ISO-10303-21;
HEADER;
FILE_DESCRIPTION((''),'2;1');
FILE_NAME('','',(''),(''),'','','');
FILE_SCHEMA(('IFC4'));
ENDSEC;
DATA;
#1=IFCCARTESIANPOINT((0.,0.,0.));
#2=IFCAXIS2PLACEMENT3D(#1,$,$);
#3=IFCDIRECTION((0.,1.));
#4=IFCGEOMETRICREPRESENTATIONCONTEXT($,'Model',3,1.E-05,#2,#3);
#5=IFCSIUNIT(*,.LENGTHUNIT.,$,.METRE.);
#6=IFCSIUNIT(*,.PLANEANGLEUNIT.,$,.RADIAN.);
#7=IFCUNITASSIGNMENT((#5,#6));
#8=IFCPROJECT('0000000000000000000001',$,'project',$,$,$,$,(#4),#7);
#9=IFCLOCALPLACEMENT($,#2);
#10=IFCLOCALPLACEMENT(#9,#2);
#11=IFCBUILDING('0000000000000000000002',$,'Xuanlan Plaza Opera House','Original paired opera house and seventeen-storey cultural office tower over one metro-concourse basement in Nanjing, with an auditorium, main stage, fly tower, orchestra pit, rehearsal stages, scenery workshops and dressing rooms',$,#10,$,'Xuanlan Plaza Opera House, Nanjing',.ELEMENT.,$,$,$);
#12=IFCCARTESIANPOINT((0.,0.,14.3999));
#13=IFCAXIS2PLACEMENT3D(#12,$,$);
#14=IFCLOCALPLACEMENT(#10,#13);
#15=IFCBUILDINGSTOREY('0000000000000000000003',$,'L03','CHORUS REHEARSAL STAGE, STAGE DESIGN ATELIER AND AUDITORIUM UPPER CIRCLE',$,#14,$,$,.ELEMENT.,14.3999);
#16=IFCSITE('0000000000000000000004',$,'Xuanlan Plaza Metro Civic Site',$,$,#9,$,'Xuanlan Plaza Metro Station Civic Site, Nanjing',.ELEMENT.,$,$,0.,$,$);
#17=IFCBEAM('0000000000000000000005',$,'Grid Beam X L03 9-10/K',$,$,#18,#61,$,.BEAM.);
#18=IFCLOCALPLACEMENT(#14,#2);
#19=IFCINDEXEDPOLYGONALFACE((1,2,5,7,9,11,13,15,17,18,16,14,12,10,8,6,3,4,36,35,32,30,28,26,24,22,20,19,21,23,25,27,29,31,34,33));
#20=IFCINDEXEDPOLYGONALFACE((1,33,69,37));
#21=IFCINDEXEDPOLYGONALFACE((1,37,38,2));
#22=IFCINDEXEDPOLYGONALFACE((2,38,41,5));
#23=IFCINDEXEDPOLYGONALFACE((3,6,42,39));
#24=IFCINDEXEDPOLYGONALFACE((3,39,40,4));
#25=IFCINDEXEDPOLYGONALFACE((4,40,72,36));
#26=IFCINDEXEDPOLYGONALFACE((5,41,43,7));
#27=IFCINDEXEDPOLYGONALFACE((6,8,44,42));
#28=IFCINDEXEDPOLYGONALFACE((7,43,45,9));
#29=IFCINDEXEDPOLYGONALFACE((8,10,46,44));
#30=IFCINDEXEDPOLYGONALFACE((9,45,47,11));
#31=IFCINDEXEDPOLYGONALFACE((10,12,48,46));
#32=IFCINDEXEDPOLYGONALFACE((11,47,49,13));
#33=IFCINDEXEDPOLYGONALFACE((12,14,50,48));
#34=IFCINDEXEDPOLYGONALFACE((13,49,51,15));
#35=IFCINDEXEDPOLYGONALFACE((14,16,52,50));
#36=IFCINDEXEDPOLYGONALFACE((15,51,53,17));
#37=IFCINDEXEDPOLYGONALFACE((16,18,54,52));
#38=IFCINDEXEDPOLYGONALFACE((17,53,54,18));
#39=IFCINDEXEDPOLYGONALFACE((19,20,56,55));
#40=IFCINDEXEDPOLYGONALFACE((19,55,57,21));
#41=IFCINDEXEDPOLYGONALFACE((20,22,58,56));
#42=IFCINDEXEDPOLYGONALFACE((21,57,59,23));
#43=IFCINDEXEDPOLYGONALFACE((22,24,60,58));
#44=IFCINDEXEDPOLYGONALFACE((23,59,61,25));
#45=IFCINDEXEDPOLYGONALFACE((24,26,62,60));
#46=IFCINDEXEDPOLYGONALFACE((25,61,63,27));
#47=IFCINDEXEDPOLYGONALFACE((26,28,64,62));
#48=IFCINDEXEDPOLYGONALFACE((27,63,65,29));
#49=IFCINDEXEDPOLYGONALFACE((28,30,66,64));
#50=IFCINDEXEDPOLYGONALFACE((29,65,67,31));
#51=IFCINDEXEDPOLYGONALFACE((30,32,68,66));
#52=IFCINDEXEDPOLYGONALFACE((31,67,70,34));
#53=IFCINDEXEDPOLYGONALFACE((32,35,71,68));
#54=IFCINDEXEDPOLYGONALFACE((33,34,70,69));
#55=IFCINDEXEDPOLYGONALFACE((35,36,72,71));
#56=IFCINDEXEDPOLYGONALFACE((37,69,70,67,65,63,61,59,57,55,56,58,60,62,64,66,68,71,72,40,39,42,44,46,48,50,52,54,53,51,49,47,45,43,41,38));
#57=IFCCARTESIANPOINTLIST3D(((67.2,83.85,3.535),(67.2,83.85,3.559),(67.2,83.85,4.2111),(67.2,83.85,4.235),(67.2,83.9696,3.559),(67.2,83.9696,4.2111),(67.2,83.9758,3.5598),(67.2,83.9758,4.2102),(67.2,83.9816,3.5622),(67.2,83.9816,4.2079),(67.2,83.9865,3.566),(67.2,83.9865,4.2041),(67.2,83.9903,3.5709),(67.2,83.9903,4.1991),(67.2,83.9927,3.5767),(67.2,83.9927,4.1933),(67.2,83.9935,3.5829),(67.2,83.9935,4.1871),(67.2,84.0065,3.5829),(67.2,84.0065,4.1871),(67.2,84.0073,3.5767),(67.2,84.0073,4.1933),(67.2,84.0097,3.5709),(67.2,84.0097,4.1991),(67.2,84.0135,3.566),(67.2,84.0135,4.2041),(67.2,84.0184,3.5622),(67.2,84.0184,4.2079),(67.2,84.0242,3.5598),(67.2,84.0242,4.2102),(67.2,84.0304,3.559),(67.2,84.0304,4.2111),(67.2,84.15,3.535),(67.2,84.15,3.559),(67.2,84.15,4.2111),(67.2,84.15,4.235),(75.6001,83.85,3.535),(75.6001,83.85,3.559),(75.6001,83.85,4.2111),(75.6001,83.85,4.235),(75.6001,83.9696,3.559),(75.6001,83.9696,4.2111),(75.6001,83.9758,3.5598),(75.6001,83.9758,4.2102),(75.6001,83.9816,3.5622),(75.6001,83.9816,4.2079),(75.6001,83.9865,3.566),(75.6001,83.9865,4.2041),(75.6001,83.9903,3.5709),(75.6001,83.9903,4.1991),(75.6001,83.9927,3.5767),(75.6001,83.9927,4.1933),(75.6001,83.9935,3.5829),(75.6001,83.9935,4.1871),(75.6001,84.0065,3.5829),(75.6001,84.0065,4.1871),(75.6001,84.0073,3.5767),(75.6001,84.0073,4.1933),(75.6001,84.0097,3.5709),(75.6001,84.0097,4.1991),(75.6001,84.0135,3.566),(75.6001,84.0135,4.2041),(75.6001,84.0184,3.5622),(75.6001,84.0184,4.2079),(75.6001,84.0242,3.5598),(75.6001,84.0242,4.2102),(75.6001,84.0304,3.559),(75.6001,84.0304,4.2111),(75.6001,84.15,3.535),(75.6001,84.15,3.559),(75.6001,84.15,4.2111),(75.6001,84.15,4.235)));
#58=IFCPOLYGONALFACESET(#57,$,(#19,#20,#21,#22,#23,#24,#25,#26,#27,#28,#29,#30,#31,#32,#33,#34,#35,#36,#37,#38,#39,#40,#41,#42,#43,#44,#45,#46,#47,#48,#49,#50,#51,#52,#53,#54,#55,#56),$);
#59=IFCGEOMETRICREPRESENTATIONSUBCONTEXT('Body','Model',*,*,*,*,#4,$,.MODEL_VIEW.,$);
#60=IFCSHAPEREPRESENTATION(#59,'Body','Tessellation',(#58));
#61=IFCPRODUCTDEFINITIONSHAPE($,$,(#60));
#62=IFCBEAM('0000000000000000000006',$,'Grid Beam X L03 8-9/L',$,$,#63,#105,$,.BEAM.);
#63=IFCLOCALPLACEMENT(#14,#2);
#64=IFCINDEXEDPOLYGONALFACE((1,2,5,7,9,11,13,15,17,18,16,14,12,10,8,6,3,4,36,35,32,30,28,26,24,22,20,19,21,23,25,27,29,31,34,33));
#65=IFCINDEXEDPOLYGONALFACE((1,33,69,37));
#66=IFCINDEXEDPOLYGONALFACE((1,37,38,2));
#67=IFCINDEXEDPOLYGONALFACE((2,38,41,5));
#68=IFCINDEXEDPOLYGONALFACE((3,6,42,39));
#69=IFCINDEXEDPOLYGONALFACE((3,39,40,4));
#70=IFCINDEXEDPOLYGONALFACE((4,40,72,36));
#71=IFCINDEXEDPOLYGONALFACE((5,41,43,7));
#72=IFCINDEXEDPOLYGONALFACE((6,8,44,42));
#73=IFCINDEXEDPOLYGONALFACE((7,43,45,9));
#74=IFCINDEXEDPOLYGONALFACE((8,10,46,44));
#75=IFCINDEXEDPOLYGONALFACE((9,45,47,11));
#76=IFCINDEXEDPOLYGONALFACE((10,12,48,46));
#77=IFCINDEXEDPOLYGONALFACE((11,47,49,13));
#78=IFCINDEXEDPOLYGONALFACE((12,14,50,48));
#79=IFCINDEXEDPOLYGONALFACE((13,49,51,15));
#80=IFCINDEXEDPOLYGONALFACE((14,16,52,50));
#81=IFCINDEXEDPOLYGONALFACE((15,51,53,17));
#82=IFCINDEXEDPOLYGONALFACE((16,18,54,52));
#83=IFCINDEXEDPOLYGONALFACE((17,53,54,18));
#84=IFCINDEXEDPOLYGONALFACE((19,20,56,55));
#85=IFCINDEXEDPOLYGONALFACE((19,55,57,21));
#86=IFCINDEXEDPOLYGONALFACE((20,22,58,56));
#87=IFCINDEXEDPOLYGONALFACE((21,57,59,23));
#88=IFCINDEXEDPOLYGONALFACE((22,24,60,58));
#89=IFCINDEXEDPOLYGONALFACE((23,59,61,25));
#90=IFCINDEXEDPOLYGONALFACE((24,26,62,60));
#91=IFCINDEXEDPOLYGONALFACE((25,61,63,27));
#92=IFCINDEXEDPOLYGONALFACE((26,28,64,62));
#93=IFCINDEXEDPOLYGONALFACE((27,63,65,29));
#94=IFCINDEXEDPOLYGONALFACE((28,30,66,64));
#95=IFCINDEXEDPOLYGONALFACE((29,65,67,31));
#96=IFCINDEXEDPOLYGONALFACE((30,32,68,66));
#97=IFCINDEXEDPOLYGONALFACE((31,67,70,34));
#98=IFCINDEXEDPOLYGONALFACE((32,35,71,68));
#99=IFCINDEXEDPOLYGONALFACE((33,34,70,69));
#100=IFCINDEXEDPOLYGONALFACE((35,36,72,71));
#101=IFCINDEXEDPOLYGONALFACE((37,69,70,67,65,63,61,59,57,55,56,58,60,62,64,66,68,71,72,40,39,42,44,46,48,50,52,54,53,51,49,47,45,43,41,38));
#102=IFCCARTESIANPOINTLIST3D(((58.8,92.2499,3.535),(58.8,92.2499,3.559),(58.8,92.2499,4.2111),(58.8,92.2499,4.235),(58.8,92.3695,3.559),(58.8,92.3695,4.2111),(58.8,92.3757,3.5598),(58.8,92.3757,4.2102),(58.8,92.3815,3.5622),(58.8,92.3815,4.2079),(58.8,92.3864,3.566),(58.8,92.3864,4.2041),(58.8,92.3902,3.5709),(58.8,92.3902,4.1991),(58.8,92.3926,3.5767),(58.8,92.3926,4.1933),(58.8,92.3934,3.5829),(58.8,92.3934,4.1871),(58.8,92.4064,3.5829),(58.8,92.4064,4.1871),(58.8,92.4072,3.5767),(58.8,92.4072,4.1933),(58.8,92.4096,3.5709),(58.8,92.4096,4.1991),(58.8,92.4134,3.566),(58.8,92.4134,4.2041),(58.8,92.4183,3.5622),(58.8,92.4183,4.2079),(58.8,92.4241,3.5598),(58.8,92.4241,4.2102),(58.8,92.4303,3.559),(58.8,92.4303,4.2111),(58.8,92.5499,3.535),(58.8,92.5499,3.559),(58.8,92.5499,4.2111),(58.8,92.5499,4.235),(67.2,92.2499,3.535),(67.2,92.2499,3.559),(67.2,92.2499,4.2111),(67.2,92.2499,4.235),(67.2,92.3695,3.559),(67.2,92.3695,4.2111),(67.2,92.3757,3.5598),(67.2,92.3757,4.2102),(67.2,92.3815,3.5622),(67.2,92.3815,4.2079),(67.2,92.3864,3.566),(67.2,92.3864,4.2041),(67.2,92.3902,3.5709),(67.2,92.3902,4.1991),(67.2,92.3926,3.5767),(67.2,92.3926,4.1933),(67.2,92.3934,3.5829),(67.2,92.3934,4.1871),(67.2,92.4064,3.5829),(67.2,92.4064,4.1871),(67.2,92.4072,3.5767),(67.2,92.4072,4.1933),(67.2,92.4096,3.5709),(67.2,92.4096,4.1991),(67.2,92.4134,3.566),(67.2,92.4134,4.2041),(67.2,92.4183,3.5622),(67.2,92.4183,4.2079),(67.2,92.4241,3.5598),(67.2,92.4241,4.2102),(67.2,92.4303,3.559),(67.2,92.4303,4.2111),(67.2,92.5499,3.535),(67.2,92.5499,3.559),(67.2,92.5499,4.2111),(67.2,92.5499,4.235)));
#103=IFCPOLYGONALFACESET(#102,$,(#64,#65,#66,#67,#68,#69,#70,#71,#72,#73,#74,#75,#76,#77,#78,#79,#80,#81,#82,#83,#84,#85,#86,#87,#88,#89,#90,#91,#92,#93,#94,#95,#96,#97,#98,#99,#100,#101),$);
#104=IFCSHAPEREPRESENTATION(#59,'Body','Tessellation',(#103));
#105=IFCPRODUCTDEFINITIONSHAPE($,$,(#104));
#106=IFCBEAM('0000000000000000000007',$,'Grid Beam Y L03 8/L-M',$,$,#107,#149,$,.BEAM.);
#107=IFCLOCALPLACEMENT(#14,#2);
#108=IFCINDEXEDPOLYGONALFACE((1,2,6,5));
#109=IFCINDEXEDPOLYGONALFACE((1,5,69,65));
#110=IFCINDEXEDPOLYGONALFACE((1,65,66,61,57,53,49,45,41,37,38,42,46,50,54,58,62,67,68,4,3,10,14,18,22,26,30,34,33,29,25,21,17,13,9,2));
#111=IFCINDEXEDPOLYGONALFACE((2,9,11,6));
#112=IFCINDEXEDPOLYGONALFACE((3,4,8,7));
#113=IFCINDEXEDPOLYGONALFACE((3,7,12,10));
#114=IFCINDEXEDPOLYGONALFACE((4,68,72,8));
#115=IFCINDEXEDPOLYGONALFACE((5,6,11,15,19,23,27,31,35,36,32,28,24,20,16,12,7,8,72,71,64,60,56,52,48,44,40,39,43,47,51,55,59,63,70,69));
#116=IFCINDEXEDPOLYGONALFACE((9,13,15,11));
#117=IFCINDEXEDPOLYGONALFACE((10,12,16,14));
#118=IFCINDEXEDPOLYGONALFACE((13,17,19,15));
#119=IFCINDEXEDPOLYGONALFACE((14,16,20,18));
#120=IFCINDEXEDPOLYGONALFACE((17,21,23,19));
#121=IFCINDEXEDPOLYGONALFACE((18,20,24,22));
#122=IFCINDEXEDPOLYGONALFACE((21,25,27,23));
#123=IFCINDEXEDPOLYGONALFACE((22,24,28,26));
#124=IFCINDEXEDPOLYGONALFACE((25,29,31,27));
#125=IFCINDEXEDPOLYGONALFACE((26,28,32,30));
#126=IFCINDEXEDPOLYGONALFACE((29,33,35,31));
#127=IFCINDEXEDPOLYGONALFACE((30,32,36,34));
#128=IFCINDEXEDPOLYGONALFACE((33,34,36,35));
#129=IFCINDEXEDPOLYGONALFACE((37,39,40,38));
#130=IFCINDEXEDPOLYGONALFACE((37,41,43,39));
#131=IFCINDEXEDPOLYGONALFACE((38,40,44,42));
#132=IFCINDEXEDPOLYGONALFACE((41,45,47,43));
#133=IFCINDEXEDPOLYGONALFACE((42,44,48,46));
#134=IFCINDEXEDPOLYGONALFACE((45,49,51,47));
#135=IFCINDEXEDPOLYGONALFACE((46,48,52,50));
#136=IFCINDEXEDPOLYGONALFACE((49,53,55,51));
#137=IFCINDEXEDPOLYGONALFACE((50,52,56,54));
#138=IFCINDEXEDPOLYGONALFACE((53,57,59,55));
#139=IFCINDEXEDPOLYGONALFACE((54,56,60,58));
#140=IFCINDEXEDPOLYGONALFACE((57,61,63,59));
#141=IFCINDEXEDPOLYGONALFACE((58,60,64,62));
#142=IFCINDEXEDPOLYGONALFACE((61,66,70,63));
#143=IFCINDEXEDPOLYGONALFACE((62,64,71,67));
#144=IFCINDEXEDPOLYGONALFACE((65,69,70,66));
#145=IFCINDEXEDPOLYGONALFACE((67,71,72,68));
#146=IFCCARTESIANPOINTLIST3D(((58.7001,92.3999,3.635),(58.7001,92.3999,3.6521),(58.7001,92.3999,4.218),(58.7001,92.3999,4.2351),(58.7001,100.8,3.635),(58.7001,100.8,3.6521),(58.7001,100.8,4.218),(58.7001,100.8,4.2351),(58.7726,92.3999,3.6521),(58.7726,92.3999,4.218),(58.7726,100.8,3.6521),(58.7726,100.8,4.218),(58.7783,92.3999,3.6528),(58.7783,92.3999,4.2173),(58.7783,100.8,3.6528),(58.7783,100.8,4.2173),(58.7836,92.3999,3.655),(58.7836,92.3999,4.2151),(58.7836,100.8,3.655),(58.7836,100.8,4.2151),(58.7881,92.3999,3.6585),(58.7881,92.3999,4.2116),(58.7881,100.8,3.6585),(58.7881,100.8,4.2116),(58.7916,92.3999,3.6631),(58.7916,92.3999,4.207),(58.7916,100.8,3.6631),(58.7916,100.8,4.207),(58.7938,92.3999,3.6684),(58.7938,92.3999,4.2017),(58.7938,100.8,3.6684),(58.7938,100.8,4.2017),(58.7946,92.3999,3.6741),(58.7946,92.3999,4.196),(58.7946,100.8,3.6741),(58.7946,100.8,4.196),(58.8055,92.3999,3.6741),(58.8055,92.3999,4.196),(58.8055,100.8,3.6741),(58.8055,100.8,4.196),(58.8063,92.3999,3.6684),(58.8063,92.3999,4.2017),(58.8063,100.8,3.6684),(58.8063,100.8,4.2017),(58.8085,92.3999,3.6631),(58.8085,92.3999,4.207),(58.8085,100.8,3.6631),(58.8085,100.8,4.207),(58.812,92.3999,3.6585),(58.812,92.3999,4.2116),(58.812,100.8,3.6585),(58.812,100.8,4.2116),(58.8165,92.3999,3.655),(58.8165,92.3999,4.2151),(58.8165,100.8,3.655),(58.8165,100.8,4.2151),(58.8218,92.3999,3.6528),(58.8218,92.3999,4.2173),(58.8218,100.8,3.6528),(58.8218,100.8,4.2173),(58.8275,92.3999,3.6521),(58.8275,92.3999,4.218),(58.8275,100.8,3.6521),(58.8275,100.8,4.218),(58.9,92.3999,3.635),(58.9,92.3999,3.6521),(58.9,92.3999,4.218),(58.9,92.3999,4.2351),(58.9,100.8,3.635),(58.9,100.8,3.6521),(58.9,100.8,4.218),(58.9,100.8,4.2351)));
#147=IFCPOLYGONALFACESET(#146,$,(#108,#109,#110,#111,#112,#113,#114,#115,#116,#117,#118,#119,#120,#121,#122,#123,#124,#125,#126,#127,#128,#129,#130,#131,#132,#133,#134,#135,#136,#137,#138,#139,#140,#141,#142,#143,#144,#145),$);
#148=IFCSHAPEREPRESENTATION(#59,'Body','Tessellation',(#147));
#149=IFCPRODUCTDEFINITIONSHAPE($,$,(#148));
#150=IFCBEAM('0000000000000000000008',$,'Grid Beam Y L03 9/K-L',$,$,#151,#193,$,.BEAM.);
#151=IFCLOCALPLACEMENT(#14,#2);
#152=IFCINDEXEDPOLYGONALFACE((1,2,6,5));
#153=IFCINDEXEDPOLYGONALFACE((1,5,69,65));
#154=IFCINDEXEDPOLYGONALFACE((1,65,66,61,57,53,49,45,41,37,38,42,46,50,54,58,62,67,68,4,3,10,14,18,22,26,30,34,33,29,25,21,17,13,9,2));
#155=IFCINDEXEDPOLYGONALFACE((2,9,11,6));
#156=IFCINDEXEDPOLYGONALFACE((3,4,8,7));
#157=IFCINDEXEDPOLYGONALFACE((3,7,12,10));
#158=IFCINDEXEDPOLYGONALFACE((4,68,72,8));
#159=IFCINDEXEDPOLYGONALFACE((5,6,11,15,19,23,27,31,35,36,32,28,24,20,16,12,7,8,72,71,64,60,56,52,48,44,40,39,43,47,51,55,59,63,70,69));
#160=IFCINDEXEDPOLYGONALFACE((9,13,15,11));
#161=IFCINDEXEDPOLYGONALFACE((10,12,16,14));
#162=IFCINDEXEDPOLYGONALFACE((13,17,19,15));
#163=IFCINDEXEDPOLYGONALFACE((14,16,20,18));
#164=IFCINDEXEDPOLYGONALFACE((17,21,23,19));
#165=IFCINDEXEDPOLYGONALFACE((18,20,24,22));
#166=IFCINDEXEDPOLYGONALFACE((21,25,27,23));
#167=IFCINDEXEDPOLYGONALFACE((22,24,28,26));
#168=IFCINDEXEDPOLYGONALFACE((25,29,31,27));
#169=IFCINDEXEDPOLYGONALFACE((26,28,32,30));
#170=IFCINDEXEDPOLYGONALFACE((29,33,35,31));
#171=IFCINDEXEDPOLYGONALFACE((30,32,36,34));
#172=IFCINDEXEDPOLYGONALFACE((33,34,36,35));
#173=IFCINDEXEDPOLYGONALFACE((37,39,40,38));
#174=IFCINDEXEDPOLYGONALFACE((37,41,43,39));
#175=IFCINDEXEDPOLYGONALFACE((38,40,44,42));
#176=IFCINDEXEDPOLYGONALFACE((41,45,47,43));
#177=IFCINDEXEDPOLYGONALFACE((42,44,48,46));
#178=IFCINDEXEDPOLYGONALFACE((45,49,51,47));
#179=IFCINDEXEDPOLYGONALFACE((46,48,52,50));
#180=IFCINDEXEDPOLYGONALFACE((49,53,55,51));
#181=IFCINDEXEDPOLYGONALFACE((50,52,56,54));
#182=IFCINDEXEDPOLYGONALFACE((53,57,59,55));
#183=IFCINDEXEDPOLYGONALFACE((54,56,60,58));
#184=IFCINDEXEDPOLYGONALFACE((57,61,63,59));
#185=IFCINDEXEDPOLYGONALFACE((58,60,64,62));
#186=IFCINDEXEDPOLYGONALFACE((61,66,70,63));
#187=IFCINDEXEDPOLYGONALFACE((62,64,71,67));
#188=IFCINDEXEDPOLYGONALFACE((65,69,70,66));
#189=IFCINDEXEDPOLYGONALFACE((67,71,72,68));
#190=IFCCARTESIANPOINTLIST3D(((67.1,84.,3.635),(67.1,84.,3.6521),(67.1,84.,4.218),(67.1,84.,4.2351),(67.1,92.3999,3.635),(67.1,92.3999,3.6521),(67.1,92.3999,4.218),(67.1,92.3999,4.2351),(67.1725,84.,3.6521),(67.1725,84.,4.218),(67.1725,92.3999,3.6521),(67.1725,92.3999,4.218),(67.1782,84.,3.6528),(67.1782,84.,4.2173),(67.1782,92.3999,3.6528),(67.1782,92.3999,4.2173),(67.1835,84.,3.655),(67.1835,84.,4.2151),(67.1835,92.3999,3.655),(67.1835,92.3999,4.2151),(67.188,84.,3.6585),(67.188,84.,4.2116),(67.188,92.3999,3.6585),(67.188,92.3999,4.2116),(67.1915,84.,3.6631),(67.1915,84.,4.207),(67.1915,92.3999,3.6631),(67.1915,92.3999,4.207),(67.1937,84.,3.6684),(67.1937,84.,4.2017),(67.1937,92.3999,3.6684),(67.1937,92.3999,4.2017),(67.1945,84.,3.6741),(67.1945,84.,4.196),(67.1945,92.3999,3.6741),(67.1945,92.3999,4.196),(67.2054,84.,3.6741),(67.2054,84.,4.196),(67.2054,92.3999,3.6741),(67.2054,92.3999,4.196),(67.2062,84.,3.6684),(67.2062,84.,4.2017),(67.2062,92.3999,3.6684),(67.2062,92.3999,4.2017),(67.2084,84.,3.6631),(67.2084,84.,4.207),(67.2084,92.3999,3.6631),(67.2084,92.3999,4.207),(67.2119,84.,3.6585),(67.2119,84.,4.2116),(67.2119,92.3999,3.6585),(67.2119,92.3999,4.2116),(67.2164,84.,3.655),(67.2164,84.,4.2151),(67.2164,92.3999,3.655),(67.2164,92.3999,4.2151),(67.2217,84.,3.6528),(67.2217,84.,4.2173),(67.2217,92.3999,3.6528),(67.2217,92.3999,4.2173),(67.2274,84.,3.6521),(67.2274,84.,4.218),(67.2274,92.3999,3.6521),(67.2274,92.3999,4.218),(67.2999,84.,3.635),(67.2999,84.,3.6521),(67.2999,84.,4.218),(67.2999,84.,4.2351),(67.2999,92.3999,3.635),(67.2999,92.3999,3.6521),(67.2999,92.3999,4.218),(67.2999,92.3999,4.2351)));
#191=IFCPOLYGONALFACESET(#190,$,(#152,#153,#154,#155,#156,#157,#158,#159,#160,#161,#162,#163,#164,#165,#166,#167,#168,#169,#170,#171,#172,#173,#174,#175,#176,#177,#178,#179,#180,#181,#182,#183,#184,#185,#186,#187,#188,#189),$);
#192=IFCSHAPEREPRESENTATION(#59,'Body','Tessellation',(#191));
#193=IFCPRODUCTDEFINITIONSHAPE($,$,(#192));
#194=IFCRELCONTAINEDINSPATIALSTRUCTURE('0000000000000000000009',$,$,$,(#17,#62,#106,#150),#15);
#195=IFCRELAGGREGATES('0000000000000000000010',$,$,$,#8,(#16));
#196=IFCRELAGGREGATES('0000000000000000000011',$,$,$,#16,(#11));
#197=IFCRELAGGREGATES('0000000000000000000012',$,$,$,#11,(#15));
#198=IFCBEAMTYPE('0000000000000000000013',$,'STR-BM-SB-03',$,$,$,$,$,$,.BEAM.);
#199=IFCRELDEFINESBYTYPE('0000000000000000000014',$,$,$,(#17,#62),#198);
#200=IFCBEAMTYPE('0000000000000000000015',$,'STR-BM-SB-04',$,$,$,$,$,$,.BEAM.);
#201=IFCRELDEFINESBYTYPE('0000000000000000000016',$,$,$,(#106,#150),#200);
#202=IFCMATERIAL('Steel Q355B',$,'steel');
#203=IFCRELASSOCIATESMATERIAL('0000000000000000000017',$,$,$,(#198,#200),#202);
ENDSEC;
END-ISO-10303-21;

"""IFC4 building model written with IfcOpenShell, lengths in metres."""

from ifc_helpers import new_model, si_unit, direction, frame, origin, origin_2d, place, context, subcontext, project, spatial, i_section, extrude, material, material_profile, profile_set, type_object, element, save


model = new_model("IFC4")

# Units and contexts
model_context = context("Model", 3, precision=1e-05, world=origin(), true_north=direction((0.0, 1.0)))
body_context = subcontext(model_context, "Body", "Model", "MODEL_VIEW")
ifc_project = project(units=[si_unit("LENGTHUNIT", "METRE"), si_unit("PLANEANGLEUNIT", "RADIAN")], contexts=[model_context])

# Site, building, storey
site_placement = place(None, origin())
site = spatial("IfcSite", under=ifc_project, at=site_placement, Name="Xuanlan Plaza Metro Civic Site", LongName="Xuanlan Plaza Metro Station Civic Site, Nanjing", CompositionType="ELEMENT", RefElevation=0.0)
building_placement = place(site_placement, origin())
building = spatial("IfcBuilding", under=site, at=building_placement, Name="Xuanlan Plaza Opera House", Description="Original paired opera house and seventeen-storey cultural office tower over one metro-concourse basement in Nanjing, with an auditorium, main stage, fly tower, orchestra pit, rehearsal stages, scenery workshops and dressing rooms", LongName="Xuanlan Plaza Opera House, Nanjing", CompositionType="ELEMENT")
storey_placement = place(building_placement, frame((0.0, 0.0, 14.3999)))
storey = spatial("IfcBuildingStorey", under=building, at=storey_placement, Name="L03", Description="CHORUS REHEARSAL STAGE, STAGE DESIGN ATELIER AND AUDITORIUM UPPER CIRCLE", CompositionType="ELEMENT", Elevation=14.3999)

# Beams
ifc_material_1 = material(Name="Steel Q355B", Category="steel")
ifc_material_profile_1 = material_profile(ifc_material_1, i_section(OverallWidth=0.3, OverallDepth=0.7, WebThickness=0.0129, FlangeThickness=0.0239, FilletRadius=0.0239, at=origin_2d()), Name="HN 700x300x13x24")
ifc_profile_set_1 = profile_set([ifc_material_profile_1], Name="Steel Q355B")
beam_type_1 = type_object("IfcBeamType", Name="STR-BM-SB-03", PredefinedType="BEAM", material=ifc_profile_set_1)
beam_1_placement = place(storey_placement, frame((67.2, 84.0, 3.885), z_axis=(1.0, 0.0, 0.0), x_axis=(0.0, 1.0, 0.0)))
element("IfcBeam", 1, at=beam_1_placement, inside=storey, type_object=beam_type_1, Name="Grid Beam X L03 9-10/K", PredefinedType="BEAM", context=body_context, shape_type="SweptSolid", body=[
    extrude(i_section(OverallWidth=0.3, OverallDepth=0.7, WebThickness=0.0129, FlangeThickness=0.0239, FilletRadius=0.0239, at=origin_2d()), origin(), (0.0, 0.0, 1.0), 8.4001),
])
beam_2_placement = place(storey_placement, frame((58.8, 92.3999, 3.885), z_axis=(1.0, 0.0, 0.0), x_axis=(0.0, 1.0, 0.0)))
element("IfcBeam", 2, at=beam_2_placement, inside=storey, type_object=beam_type_1, Name="Grid Beam X L03 8-9/L", PredefinedType="BEAM", context=body_context, shape_type="SweptSolid", body=[
    extrude(i_section(OverallWidth=0.3, OverallDepth=0.7, WebThickness=0.0129, FlangeThickness=0.0239, FilletRadius=0.0239, at=origin_2d()), origin(), (0.0, 0.0, 1.0), 8.3999),
])
ifc_material_profile_2 = material_profile(ifc_material_1, i_section(OverallWidth=0.2, OverallDepth=0.6001, WebThickness=0.011, FlangeThickness=0.0171, FilletRadius=0.022, at=origin_2d()), Name="HN 600x200x11x17")
ifc_profile_set_2 = profile_set([ifc_material_profile_2], Name="Steel Q355B")
beam_type_2 = type_object("IfcBeamType", Name="STR-BM-SB-04", PredefinedType="BEAM", material=ifc_profile_set_2)
beam_3_placement = place(storey_placement, frame((58.8, 92.3999, 3.9351), z_axis=(0.0, 1.0, 0.0), x_axis=(-1.0, 0.0, 0.0)))
element("IfcBeam", 3, at=beam_3_placement, inside=storey, type_object=beam_type_2, Name="Grid Beam Y L03 8/L-M", PredefinedType="BEAM", context=body_context, shape_type="SweptSolid", body=[
    extrude(i_section(OverallWidth=0.2, OverallDepth=0.6001, WebThickness=0.011, FlangeThickness=0.0171, FilletRadius=0.022, at=origin_2d()), origin(), (0.0, 0.0, 1.0), 8.4001),
])
beam_4_placement = place(storey_placement, frame((67.2, 84.0, 3.9351), z_axis=(0.0, 1.0, 0.0), x_axis=(-1.0, 0.0, 0.0)))
element("IfcBeam", 4, at=beam_4_placement, inside=storey, type_object=beam_type_2, Name="Grid Beam Y L03 9/K-L", PredefinedType="BEAM", context=body_context, shape_type="SweptSolid", body=[
    extrude(i_section(OverallWidth=0.2, OverallDepth=0.6001, WebThickness=0.011, FlangeThickness=0.0171, FilletRadius=0.022, at=origin_2d()), origin(), (0.0, 0.0, 1.0), 8.3999),
])

save(model, "model.ifc")
